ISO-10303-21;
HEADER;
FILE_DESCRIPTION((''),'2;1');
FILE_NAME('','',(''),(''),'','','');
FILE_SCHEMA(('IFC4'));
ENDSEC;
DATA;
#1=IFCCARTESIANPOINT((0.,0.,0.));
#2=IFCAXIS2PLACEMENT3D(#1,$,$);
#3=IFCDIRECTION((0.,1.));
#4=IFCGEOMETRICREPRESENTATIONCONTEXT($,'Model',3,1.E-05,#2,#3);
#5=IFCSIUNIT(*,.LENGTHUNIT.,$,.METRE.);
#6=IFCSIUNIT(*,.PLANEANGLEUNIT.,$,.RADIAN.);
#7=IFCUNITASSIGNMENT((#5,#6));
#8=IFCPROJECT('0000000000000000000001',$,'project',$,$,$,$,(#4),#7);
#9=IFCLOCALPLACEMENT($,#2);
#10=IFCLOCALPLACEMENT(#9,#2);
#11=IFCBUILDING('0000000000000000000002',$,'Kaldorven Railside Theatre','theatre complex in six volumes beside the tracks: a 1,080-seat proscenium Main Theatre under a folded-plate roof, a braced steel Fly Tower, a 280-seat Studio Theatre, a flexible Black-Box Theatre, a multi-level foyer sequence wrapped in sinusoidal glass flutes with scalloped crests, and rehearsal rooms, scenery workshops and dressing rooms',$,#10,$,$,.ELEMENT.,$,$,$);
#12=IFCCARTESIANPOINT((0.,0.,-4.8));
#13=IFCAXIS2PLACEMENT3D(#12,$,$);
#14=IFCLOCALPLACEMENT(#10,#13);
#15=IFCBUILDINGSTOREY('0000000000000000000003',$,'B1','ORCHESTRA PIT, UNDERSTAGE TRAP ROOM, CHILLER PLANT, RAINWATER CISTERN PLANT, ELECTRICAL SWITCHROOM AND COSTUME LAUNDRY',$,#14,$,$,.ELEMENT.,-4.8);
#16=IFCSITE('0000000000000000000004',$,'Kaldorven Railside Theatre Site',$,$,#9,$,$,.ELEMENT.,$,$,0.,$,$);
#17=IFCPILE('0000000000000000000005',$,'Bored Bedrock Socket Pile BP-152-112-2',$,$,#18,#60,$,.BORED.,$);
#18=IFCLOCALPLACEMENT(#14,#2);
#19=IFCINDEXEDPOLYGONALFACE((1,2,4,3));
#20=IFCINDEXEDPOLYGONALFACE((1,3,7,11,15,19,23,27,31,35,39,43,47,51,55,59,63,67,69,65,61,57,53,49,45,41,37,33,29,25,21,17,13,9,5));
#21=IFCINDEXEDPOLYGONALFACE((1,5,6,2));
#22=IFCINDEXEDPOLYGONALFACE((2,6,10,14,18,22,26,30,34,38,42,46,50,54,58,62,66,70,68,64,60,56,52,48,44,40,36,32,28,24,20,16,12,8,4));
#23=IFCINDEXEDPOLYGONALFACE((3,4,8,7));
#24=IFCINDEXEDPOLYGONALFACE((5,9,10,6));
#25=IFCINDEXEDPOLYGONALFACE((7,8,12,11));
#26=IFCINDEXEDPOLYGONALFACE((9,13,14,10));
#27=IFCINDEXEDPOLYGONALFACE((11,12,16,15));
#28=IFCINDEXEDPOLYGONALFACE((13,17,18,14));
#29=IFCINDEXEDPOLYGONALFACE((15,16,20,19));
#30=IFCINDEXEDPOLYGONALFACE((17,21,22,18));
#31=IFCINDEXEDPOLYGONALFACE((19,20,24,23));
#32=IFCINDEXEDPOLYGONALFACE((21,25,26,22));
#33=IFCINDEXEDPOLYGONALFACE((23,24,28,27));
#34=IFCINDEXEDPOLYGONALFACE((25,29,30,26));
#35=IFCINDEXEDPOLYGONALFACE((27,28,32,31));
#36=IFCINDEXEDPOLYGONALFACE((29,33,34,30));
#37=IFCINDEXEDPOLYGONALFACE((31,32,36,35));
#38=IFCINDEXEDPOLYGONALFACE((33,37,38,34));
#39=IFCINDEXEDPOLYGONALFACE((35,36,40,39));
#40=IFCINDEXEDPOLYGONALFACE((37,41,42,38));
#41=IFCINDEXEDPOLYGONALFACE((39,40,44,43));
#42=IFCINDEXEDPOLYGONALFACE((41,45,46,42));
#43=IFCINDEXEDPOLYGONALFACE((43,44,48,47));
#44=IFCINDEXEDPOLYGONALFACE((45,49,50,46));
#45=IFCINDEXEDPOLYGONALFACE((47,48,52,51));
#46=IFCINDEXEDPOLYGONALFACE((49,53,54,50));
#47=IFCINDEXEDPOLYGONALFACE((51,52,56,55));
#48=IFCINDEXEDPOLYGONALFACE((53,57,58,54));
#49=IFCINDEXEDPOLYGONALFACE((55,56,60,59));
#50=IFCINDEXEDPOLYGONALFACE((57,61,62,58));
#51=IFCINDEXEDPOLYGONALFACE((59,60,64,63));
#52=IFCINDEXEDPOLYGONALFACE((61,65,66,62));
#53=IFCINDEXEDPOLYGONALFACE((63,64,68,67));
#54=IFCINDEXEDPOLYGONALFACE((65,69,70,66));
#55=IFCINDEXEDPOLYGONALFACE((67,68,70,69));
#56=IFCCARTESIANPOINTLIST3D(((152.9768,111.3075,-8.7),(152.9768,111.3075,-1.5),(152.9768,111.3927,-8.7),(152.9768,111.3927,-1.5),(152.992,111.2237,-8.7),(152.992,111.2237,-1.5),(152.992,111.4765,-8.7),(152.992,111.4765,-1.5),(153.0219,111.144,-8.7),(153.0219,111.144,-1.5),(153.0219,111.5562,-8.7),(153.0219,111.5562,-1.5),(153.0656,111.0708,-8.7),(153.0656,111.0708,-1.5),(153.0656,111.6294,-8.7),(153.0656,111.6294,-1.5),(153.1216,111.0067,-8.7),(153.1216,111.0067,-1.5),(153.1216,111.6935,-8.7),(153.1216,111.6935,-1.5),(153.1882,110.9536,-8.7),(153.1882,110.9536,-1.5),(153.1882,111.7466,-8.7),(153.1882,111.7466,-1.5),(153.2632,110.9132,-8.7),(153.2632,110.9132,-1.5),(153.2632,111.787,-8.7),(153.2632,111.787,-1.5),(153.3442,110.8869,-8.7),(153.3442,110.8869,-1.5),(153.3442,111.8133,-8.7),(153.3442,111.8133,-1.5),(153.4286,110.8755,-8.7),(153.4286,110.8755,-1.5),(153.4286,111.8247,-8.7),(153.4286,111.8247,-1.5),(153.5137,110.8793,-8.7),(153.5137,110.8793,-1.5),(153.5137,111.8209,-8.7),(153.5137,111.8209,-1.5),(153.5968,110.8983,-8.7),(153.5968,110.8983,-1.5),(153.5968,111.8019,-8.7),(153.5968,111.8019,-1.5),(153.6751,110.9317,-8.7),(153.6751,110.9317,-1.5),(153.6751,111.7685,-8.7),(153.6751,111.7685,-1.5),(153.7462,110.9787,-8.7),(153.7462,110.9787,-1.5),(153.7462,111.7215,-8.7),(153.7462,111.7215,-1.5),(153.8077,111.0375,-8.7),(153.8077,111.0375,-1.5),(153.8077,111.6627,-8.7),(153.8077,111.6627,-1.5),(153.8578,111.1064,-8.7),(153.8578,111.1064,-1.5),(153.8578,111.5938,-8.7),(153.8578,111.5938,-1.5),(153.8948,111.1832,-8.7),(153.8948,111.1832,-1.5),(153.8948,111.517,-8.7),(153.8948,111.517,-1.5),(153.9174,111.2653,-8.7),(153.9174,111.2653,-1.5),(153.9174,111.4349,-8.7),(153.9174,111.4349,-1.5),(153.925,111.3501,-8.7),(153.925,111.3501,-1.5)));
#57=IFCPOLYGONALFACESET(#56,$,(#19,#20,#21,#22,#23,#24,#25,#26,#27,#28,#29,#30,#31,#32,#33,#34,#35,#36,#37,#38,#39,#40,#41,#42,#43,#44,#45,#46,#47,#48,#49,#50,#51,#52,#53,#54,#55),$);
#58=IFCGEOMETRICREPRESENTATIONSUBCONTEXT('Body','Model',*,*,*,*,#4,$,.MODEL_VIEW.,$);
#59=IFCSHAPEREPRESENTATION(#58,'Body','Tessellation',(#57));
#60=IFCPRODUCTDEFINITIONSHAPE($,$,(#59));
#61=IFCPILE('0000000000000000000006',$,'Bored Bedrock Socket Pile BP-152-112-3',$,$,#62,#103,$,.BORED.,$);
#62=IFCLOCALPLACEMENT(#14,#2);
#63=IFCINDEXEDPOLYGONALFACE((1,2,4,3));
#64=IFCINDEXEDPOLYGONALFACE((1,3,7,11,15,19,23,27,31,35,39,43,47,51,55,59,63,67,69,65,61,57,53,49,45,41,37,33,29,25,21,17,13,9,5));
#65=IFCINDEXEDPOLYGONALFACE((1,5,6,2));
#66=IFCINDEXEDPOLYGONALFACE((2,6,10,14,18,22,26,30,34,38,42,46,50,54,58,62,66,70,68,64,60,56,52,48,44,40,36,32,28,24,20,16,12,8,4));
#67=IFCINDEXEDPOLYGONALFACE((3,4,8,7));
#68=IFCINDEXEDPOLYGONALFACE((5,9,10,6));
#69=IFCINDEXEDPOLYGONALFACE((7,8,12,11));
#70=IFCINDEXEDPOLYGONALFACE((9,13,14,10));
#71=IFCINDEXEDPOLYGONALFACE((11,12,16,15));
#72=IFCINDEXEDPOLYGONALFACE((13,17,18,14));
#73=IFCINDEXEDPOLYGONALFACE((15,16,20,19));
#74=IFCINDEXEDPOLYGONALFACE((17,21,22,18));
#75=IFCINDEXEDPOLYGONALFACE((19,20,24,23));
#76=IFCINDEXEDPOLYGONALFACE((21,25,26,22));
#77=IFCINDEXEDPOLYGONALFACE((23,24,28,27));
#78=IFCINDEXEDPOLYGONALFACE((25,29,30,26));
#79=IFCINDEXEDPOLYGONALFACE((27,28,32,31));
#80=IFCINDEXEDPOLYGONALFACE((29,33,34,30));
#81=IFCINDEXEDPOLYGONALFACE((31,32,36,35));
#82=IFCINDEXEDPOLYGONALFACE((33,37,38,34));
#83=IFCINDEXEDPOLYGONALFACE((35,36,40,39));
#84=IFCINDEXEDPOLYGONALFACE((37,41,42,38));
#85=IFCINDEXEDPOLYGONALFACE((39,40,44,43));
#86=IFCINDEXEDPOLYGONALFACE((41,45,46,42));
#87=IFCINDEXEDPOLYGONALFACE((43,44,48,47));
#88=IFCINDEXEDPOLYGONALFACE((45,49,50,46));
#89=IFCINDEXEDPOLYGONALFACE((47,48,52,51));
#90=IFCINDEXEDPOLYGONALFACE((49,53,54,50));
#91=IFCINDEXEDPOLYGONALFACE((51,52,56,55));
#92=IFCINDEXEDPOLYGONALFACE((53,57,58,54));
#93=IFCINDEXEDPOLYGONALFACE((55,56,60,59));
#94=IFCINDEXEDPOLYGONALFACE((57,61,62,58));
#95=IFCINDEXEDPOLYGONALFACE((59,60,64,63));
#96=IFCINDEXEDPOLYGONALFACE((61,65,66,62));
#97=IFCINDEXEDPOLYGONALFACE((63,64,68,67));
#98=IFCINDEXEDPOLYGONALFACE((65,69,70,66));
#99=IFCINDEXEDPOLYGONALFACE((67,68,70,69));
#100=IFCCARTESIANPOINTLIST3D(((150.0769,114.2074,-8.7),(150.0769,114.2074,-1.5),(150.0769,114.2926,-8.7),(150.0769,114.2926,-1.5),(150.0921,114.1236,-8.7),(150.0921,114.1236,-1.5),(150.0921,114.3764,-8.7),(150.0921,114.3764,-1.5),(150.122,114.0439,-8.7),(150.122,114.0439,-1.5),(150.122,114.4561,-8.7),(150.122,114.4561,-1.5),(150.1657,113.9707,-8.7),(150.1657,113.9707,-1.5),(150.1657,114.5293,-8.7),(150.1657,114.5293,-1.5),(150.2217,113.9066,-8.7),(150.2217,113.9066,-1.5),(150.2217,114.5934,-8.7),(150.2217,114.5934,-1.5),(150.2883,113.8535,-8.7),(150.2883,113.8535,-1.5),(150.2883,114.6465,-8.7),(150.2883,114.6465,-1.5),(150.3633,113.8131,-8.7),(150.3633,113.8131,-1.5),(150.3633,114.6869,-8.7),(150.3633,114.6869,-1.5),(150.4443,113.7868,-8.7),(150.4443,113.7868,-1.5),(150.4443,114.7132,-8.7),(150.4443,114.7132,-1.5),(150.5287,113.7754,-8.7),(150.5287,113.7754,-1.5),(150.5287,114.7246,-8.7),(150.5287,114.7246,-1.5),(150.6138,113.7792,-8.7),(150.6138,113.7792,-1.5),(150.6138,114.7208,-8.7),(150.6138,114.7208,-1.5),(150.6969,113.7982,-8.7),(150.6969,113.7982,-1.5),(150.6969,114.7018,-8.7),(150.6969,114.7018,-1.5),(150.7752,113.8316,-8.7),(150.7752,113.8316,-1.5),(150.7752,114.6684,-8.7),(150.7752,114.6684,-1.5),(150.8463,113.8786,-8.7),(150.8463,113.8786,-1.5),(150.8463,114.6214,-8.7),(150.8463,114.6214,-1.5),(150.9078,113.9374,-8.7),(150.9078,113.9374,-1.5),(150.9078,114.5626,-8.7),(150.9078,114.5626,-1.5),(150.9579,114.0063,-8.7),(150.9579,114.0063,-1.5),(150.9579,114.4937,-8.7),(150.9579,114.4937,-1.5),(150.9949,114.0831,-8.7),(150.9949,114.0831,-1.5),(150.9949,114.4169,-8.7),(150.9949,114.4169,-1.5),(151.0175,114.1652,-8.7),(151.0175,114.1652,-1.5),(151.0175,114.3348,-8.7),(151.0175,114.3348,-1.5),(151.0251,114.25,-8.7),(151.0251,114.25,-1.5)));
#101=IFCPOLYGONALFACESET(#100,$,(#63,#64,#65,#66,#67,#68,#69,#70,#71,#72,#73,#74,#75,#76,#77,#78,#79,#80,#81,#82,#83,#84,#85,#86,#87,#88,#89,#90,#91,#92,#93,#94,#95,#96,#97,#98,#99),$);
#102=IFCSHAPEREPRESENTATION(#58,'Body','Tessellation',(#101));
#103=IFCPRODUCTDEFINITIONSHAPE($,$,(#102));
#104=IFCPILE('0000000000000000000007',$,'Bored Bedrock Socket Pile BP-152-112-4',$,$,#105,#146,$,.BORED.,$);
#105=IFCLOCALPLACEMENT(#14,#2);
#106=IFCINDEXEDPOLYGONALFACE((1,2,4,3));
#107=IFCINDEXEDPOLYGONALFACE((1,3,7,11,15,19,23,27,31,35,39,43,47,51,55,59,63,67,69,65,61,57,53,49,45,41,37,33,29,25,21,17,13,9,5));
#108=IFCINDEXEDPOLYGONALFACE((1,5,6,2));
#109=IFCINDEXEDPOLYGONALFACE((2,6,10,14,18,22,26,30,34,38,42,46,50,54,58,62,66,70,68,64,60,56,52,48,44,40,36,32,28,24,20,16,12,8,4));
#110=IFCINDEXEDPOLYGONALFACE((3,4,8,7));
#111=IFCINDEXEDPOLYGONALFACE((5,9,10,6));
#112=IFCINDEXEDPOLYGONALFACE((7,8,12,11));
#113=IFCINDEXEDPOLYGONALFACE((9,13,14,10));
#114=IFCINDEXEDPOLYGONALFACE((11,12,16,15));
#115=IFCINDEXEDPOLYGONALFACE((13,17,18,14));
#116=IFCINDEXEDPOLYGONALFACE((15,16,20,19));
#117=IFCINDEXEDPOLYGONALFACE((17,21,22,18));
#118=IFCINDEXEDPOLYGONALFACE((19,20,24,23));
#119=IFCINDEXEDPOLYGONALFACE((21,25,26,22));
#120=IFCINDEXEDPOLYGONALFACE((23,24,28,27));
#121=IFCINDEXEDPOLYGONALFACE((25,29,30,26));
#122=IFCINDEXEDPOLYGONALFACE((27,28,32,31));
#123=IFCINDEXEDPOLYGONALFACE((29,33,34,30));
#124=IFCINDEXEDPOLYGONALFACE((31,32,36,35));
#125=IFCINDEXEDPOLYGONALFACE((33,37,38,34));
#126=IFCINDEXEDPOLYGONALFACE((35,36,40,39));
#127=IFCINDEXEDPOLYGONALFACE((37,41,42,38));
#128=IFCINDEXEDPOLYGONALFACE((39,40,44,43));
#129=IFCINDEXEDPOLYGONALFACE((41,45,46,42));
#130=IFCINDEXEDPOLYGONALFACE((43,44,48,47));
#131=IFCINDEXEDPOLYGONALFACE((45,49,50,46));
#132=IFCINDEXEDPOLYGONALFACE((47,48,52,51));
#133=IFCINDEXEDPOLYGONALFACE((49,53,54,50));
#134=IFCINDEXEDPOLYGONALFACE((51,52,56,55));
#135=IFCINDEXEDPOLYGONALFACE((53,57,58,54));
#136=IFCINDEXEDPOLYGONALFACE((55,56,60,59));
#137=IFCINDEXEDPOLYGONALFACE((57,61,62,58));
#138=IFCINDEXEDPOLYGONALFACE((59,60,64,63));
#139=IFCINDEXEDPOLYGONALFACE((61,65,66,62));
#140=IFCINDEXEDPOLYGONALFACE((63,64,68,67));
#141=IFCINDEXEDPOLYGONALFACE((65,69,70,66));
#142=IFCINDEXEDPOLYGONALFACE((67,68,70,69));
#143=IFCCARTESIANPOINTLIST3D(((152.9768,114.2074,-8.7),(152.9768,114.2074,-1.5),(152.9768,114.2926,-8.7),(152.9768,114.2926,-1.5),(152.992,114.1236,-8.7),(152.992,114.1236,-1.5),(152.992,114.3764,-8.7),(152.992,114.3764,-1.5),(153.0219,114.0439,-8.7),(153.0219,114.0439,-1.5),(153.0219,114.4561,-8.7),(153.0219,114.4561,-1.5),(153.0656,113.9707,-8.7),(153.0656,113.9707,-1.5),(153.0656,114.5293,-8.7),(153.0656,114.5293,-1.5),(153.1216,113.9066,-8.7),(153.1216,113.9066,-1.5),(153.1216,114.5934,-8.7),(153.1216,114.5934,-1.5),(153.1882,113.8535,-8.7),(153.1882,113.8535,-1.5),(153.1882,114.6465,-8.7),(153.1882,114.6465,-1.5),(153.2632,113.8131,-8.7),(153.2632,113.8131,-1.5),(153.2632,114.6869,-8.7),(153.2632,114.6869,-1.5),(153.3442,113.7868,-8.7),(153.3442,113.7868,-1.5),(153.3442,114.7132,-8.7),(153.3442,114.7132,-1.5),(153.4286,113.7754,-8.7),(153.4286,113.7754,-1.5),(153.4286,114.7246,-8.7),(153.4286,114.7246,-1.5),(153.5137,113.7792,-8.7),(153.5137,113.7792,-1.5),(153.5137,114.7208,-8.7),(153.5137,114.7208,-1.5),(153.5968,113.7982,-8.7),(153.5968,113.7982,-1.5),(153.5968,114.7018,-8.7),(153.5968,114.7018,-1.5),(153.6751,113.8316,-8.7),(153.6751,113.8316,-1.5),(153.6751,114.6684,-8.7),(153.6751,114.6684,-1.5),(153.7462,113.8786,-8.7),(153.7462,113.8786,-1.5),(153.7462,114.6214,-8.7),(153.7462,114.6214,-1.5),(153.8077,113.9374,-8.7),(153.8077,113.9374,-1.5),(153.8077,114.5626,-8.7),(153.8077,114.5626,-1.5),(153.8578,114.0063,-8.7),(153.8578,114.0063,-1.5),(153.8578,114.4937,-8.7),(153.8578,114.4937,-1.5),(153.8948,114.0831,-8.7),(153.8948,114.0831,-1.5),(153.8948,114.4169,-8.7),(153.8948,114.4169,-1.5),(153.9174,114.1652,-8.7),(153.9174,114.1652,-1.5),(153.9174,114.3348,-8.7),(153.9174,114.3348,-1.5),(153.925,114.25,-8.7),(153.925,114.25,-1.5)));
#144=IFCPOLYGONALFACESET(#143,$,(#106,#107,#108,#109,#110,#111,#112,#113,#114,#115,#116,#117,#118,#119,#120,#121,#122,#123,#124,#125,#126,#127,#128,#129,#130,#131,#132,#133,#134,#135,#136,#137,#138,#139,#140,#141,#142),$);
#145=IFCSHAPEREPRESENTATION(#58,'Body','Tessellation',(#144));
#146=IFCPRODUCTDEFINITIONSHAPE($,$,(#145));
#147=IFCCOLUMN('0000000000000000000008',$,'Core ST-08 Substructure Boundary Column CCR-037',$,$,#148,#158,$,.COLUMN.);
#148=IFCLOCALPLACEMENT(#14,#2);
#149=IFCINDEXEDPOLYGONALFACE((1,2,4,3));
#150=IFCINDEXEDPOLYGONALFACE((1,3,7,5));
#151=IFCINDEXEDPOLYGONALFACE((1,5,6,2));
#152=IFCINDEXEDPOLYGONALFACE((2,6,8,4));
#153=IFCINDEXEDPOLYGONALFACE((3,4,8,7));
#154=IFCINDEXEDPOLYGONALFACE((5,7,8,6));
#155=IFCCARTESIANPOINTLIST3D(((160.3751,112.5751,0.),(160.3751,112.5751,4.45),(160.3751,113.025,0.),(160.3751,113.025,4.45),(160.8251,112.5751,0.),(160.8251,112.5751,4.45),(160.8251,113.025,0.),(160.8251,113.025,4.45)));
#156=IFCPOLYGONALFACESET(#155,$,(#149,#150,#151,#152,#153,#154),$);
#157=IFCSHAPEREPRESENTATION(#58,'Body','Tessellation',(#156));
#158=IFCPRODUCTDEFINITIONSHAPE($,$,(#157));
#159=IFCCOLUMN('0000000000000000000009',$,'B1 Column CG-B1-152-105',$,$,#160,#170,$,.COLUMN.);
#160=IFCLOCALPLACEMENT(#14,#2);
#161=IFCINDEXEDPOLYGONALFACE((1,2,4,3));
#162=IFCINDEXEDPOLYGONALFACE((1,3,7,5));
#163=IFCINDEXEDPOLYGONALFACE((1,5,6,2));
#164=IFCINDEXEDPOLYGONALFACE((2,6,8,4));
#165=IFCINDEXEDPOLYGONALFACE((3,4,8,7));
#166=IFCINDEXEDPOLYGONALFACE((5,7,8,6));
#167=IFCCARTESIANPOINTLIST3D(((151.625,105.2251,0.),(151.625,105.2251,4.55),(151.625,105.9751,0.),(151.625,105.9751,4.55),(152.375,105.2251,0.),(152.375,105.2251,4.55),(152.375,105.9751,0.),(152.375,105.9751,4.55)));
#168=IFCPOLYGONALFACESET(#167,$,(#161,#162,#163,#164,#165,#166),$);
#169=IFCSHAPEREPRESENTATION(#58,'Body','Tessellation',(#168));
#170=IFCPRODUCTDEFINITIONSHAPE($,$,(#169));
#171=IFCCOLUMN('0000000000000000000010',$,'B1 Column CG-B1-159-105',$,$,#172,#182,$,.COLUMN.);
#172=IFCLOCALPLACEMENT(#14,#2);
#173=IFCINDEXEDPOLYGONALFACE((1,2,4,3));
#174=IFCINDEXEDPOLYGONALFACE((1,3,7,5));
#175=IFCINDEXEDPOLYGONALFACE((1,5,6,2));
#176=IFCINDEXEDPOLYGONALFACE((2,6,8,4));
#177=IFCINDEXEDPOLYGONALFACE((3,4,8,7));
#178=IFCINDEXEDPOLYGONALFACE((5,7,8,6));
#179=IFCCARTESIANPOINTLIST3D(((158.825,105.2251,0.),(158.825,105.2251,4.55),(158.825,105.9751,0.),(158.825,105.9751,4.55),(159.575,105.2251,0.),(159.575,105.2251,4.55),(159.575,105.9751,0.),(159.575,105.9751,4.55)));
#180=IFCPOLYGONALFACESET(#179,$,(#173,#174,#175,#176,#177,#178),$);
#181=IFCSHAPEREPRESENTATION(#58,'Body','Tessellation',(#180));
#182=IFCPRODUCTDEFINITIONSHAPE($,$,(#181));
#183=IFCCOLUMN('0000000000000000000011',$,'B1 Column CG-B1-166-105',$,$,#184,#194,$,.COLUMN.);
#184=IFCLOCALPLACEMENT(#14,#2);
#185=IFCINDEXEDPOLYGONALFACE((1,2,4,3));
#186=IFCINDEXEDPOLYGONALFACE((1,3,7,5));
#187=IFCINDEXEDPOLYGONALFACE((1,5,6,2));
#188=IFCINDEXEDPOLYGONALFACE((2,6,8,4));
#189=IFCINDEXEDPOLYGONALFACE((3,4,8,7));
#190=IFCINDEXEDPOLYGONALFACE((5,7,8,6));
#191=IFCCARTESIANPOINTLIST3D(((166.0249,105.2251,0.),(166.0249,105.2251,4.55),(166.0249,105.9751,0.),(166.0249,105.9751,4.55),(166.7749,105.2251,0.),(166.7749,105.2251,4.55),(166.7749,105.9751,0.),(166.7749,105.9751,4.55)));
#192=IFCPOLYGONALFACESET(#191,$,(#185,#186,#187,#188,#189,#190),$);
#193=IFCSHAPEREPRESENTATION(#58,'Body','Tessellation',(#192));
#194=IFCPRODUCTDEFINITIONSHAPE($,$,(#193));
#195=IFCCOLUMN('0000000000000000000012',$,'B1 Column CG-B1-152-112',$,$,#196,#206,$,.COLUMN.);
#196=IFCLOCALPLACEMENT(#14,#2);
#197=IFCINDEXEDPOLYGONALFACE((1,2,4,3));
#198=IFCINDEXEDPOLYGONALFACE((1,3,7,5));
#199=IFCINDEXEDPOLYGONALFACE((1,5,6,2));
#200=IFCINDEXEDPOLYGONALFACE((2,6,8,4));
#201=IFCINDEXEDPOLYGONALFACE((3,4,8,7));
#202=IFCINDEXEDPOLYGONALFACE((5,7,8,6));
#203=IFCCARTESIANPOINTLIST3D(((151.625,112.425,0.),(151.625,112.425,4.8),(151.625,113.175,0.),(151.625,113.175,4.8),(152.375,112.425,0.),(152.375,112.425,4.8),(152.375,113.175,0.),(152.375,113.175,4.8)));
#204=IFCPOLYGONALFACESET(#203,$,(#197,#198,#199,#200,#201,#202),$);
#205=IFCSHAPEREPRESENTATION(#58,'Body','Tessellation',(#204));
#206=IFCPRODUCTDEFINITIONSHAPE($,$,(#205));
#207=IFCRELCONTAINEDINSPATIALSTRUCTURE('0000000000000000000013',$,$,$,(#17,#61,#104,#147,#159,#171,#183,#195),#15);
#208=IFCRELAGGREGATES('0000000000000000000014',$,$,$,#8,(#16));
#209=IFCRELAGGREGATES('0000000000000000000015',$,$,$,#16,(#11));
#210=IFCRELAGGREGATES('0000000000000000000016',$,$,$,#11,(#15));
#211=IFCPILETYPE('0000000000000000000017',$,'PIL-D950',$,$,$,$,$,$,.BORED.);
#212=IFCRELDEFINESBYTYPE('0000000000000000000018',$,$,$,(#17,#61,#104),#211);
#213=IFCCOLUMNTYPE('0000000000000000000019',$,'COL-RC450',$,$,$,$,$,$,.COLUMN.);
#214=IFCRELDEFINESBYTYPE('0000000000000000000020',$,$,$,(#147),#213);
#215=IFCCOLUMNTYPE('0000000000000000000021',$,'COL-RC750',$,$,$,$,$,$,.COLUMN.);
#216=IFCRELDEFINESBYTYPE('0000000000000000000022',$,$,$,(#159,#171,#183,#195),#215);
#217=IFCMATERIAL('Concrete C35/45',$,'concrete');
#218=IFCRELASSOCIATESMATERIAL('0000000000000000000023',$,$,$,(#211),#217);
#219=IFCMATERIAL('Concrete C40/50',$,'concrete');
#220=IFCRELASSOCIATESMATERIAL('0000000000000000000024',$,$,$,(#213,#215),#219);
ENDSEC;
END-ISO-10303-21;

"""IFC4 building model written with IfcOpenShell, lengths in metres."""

from ifc_helpers import new_model, si_unit, direction, frame, origin, origin_2d, place, context, subcontext, project, spatial, rectangle, circle, extrude, material, material_profile, profile_set, type_object, element, save


model = new_model("IFC4")

# Units and contexts
model_context = context("Model", 3, precision=1e-05, world=origin(), true_north=direction((0.0, 1.0)))
body_context = subcontext(model_context, "Body", "Model", "MODEL_VIEW")
ifc_project = project(units=[si_unit("LENGTHUNIT", "METRE"), si_unit("PLANEANGLEUNIT", "RADIAN")], contexts=[model_context])

# Site, building, storey
site_placement = place(None, origin())
site = spatial("IfcSite", under=ifc_project, at=site_placement, Name="Kaldorven Railside Theatre Site", CompositionType="ELEMENT", RefElevation=0.0)
building_placement = place(site_placement, origin())
building = spatial("IfcBuilding", under=site, at=building_placement, Name="Kaldorven Railside Theatre", Description="theatre complex in six volumes beside the tracks: a 1,080-seat proscenium Main Theatre under a folded-plate roof, a braced steel Fly Tower, a 280-seat Studio Theatre, a flexible Black-Box Theatre, a multi-level foyer sequence wrapped in sinusoidal glass flutes with scalloped crests, and rehearsal rooms, scenery workshops and dressing rooms", CompositionType="ELEMENT")
storey_placement = place(building_placement, frame((0.0, 0.0, -4.8)))
storey = spatial("IfcBuildingStorey", under=building, at=storey_placement, Name="B1", Description="ORCHESTRA PIT, UNDERSTAGE TRAP ROOM, CHILLER PLANT, RAINWATER CISTERN PLANT, ELECTRICAL SWITCHROOM AND COSTUME LAUNDRY", CompositionType="ELEMENT", Elevation=-4.8)

# Shared definitions
ifc_material_1 = material(Name="Concrete C40/50", Category="concrete")

# Piles
ifc_material_2 = material(Name="Concrete C35/45", Category="concrete")
ifc_material_profile_1 = material_profile(ifc_material_2, circle(Radius=0.4751, at=origin_2d()), Name="BP D950")
ifc_profile_set_1 = profile_set([ifc_material_profile_1], Name="Concrete C35/45")
pile_type_1 = type_object("IfcPileType", Name="PIL-D950", PredefinedType="BORED", material=ifc_profile_set_1)
for number, where, z_axis, x_axis, name in (
    (1, (153.45, 111.3501, -1.5), (0.0, 0.0, -1.0), (1.0, 0.0, 0.0), "Bored Bedrock Socket Pile BP-152-112-2"),
    (2, (150.55, 114.25, -1.5), (0.0, 0.0, -1.0), (1.0, 0.0, 0.0), "Bored Bedrock Socket Pile BP-152-112-3"),
    (3, (153.45, 114.25, -1.5), (0.0, 0.0, -1.0), (1.0, 0.0, 0.0), "Bored Bedrock Socket Pile BP-152-112-4"),
):
    element("IfcPile", number, at=place(storey_placement, frame(where, z_axis=z_axis, x_axis=x_axis)), inside=storey, type_object=pile_type_1, Name=name, PredefinedType="BORED", context=body_context, shape_type="SweptSolid", body=[
        extrude(circle(Radius=0.4751, at=origin_2d()), origin(), (0.0, 0.0, 1.0), 7.2),
    ])

# Columns
ifc_material_profile_2 = material_profile(ifc_material_1, rectangle(XDim=0.45, YDim=0.45, at=origin_2d()), Name="RC 450x450")
ifc_profile_set_2 = profile_set([ifc_material_profile_2], Name="Concrete C40/50")
column_type_1 = type_object("IfcColumnType", Name="COL-RC450", PredefinedType="COLUMN", material=ifc_profile_set_2)
column_placement = place(storey_placement, frame((160.6001, 112.8, 0.0), z_axis=(0.0, 0.0, 1.0), x_axis=(1.0, 0.0, 0.0)))
element("IfcColumn", 4, at=column_placement, inside=storey, type_object=column_type_1, Name="Core ST-08 Substructure Boundary Column CCR-037", PredefinedType="COLUMN", context=body_context, shape_type="SweptSolid", body=[
    extrude(rectangle(XDim=0.45, YDim=0.45, at=origin_2d()), origin(), (0.0, 0.0, 1.0), 4.45),
])
ifc_material_profile_3 = material_profile(ifc_material_1, rectangle(XDim=0.75, YDim=0.75, at=origin_2d()), Name="RC 750x750")
ifc_profile_set_3 = profile_set([ifc_material_profile_3], Name="Concrete C40/50")
column_type_2 = type_object("IfcColumnType", Name="COL-RC750", PredefinedType="COLUMN", material=ifc_profile_set_3)
for number, where, z_axis, x_axis, name in (
    (5, (152.0, 105.6001, 0.0), (0.0, 0.0, 1.0), (0.0, 1.0, 0.0), "B1 Column CG-B1-152-105"),
    (6, (159.2, 105.6001, 0.0), (0.0, 0.0, 1.0), (1.0, 0.0, 0.0), "B1 Column CG-B1-159-105"),
    (7, (166.3999, 105.6001, 0.0), (0.0, 0.0, 1.0), (1.0, 0.0, 0.0), "B1 Column CG-B1-166-105"),
):
    element("IfcColumn", number, at=place(storey_placement, frame(where, z_axis=z_axis, x_axis=x_axis)), inside=storey, type_object=column_type_2, Name=name, PredefinedType="COLUMN", context=body_context, shape_type="SweptSolid", body=[
        extrude(rectangle(XDim=0.75, YDim=0.75, at=origin_2d()), origin(), (0.0, 0.0, 1.0), 4.55),
    ])
for number, where, z_axis, x_axis, name in (
    (8, (152.0, 112.8, 0.0), (0.0, 0.0, 1.0), (1.0, 0.0, 0.0), "B1 Column CG-B1-152-112"),
):
    element("IfcColumn", number, at=place(storey_placement, frame(where, z_axis=z_axis, x_axis=x_axis)), inside=storey, type_object=column_type_2, Name=name, PredefinedType="COLUMN", context=body_context, shape_type="SweptSolid", body=[
        extrude(rectangle(XDim=0.75, YDim=0.75, at=origin_2d()), origin(), (0.0, 0.0, 1.0), 4.8),
    ])

save(model, "model.ifc")
